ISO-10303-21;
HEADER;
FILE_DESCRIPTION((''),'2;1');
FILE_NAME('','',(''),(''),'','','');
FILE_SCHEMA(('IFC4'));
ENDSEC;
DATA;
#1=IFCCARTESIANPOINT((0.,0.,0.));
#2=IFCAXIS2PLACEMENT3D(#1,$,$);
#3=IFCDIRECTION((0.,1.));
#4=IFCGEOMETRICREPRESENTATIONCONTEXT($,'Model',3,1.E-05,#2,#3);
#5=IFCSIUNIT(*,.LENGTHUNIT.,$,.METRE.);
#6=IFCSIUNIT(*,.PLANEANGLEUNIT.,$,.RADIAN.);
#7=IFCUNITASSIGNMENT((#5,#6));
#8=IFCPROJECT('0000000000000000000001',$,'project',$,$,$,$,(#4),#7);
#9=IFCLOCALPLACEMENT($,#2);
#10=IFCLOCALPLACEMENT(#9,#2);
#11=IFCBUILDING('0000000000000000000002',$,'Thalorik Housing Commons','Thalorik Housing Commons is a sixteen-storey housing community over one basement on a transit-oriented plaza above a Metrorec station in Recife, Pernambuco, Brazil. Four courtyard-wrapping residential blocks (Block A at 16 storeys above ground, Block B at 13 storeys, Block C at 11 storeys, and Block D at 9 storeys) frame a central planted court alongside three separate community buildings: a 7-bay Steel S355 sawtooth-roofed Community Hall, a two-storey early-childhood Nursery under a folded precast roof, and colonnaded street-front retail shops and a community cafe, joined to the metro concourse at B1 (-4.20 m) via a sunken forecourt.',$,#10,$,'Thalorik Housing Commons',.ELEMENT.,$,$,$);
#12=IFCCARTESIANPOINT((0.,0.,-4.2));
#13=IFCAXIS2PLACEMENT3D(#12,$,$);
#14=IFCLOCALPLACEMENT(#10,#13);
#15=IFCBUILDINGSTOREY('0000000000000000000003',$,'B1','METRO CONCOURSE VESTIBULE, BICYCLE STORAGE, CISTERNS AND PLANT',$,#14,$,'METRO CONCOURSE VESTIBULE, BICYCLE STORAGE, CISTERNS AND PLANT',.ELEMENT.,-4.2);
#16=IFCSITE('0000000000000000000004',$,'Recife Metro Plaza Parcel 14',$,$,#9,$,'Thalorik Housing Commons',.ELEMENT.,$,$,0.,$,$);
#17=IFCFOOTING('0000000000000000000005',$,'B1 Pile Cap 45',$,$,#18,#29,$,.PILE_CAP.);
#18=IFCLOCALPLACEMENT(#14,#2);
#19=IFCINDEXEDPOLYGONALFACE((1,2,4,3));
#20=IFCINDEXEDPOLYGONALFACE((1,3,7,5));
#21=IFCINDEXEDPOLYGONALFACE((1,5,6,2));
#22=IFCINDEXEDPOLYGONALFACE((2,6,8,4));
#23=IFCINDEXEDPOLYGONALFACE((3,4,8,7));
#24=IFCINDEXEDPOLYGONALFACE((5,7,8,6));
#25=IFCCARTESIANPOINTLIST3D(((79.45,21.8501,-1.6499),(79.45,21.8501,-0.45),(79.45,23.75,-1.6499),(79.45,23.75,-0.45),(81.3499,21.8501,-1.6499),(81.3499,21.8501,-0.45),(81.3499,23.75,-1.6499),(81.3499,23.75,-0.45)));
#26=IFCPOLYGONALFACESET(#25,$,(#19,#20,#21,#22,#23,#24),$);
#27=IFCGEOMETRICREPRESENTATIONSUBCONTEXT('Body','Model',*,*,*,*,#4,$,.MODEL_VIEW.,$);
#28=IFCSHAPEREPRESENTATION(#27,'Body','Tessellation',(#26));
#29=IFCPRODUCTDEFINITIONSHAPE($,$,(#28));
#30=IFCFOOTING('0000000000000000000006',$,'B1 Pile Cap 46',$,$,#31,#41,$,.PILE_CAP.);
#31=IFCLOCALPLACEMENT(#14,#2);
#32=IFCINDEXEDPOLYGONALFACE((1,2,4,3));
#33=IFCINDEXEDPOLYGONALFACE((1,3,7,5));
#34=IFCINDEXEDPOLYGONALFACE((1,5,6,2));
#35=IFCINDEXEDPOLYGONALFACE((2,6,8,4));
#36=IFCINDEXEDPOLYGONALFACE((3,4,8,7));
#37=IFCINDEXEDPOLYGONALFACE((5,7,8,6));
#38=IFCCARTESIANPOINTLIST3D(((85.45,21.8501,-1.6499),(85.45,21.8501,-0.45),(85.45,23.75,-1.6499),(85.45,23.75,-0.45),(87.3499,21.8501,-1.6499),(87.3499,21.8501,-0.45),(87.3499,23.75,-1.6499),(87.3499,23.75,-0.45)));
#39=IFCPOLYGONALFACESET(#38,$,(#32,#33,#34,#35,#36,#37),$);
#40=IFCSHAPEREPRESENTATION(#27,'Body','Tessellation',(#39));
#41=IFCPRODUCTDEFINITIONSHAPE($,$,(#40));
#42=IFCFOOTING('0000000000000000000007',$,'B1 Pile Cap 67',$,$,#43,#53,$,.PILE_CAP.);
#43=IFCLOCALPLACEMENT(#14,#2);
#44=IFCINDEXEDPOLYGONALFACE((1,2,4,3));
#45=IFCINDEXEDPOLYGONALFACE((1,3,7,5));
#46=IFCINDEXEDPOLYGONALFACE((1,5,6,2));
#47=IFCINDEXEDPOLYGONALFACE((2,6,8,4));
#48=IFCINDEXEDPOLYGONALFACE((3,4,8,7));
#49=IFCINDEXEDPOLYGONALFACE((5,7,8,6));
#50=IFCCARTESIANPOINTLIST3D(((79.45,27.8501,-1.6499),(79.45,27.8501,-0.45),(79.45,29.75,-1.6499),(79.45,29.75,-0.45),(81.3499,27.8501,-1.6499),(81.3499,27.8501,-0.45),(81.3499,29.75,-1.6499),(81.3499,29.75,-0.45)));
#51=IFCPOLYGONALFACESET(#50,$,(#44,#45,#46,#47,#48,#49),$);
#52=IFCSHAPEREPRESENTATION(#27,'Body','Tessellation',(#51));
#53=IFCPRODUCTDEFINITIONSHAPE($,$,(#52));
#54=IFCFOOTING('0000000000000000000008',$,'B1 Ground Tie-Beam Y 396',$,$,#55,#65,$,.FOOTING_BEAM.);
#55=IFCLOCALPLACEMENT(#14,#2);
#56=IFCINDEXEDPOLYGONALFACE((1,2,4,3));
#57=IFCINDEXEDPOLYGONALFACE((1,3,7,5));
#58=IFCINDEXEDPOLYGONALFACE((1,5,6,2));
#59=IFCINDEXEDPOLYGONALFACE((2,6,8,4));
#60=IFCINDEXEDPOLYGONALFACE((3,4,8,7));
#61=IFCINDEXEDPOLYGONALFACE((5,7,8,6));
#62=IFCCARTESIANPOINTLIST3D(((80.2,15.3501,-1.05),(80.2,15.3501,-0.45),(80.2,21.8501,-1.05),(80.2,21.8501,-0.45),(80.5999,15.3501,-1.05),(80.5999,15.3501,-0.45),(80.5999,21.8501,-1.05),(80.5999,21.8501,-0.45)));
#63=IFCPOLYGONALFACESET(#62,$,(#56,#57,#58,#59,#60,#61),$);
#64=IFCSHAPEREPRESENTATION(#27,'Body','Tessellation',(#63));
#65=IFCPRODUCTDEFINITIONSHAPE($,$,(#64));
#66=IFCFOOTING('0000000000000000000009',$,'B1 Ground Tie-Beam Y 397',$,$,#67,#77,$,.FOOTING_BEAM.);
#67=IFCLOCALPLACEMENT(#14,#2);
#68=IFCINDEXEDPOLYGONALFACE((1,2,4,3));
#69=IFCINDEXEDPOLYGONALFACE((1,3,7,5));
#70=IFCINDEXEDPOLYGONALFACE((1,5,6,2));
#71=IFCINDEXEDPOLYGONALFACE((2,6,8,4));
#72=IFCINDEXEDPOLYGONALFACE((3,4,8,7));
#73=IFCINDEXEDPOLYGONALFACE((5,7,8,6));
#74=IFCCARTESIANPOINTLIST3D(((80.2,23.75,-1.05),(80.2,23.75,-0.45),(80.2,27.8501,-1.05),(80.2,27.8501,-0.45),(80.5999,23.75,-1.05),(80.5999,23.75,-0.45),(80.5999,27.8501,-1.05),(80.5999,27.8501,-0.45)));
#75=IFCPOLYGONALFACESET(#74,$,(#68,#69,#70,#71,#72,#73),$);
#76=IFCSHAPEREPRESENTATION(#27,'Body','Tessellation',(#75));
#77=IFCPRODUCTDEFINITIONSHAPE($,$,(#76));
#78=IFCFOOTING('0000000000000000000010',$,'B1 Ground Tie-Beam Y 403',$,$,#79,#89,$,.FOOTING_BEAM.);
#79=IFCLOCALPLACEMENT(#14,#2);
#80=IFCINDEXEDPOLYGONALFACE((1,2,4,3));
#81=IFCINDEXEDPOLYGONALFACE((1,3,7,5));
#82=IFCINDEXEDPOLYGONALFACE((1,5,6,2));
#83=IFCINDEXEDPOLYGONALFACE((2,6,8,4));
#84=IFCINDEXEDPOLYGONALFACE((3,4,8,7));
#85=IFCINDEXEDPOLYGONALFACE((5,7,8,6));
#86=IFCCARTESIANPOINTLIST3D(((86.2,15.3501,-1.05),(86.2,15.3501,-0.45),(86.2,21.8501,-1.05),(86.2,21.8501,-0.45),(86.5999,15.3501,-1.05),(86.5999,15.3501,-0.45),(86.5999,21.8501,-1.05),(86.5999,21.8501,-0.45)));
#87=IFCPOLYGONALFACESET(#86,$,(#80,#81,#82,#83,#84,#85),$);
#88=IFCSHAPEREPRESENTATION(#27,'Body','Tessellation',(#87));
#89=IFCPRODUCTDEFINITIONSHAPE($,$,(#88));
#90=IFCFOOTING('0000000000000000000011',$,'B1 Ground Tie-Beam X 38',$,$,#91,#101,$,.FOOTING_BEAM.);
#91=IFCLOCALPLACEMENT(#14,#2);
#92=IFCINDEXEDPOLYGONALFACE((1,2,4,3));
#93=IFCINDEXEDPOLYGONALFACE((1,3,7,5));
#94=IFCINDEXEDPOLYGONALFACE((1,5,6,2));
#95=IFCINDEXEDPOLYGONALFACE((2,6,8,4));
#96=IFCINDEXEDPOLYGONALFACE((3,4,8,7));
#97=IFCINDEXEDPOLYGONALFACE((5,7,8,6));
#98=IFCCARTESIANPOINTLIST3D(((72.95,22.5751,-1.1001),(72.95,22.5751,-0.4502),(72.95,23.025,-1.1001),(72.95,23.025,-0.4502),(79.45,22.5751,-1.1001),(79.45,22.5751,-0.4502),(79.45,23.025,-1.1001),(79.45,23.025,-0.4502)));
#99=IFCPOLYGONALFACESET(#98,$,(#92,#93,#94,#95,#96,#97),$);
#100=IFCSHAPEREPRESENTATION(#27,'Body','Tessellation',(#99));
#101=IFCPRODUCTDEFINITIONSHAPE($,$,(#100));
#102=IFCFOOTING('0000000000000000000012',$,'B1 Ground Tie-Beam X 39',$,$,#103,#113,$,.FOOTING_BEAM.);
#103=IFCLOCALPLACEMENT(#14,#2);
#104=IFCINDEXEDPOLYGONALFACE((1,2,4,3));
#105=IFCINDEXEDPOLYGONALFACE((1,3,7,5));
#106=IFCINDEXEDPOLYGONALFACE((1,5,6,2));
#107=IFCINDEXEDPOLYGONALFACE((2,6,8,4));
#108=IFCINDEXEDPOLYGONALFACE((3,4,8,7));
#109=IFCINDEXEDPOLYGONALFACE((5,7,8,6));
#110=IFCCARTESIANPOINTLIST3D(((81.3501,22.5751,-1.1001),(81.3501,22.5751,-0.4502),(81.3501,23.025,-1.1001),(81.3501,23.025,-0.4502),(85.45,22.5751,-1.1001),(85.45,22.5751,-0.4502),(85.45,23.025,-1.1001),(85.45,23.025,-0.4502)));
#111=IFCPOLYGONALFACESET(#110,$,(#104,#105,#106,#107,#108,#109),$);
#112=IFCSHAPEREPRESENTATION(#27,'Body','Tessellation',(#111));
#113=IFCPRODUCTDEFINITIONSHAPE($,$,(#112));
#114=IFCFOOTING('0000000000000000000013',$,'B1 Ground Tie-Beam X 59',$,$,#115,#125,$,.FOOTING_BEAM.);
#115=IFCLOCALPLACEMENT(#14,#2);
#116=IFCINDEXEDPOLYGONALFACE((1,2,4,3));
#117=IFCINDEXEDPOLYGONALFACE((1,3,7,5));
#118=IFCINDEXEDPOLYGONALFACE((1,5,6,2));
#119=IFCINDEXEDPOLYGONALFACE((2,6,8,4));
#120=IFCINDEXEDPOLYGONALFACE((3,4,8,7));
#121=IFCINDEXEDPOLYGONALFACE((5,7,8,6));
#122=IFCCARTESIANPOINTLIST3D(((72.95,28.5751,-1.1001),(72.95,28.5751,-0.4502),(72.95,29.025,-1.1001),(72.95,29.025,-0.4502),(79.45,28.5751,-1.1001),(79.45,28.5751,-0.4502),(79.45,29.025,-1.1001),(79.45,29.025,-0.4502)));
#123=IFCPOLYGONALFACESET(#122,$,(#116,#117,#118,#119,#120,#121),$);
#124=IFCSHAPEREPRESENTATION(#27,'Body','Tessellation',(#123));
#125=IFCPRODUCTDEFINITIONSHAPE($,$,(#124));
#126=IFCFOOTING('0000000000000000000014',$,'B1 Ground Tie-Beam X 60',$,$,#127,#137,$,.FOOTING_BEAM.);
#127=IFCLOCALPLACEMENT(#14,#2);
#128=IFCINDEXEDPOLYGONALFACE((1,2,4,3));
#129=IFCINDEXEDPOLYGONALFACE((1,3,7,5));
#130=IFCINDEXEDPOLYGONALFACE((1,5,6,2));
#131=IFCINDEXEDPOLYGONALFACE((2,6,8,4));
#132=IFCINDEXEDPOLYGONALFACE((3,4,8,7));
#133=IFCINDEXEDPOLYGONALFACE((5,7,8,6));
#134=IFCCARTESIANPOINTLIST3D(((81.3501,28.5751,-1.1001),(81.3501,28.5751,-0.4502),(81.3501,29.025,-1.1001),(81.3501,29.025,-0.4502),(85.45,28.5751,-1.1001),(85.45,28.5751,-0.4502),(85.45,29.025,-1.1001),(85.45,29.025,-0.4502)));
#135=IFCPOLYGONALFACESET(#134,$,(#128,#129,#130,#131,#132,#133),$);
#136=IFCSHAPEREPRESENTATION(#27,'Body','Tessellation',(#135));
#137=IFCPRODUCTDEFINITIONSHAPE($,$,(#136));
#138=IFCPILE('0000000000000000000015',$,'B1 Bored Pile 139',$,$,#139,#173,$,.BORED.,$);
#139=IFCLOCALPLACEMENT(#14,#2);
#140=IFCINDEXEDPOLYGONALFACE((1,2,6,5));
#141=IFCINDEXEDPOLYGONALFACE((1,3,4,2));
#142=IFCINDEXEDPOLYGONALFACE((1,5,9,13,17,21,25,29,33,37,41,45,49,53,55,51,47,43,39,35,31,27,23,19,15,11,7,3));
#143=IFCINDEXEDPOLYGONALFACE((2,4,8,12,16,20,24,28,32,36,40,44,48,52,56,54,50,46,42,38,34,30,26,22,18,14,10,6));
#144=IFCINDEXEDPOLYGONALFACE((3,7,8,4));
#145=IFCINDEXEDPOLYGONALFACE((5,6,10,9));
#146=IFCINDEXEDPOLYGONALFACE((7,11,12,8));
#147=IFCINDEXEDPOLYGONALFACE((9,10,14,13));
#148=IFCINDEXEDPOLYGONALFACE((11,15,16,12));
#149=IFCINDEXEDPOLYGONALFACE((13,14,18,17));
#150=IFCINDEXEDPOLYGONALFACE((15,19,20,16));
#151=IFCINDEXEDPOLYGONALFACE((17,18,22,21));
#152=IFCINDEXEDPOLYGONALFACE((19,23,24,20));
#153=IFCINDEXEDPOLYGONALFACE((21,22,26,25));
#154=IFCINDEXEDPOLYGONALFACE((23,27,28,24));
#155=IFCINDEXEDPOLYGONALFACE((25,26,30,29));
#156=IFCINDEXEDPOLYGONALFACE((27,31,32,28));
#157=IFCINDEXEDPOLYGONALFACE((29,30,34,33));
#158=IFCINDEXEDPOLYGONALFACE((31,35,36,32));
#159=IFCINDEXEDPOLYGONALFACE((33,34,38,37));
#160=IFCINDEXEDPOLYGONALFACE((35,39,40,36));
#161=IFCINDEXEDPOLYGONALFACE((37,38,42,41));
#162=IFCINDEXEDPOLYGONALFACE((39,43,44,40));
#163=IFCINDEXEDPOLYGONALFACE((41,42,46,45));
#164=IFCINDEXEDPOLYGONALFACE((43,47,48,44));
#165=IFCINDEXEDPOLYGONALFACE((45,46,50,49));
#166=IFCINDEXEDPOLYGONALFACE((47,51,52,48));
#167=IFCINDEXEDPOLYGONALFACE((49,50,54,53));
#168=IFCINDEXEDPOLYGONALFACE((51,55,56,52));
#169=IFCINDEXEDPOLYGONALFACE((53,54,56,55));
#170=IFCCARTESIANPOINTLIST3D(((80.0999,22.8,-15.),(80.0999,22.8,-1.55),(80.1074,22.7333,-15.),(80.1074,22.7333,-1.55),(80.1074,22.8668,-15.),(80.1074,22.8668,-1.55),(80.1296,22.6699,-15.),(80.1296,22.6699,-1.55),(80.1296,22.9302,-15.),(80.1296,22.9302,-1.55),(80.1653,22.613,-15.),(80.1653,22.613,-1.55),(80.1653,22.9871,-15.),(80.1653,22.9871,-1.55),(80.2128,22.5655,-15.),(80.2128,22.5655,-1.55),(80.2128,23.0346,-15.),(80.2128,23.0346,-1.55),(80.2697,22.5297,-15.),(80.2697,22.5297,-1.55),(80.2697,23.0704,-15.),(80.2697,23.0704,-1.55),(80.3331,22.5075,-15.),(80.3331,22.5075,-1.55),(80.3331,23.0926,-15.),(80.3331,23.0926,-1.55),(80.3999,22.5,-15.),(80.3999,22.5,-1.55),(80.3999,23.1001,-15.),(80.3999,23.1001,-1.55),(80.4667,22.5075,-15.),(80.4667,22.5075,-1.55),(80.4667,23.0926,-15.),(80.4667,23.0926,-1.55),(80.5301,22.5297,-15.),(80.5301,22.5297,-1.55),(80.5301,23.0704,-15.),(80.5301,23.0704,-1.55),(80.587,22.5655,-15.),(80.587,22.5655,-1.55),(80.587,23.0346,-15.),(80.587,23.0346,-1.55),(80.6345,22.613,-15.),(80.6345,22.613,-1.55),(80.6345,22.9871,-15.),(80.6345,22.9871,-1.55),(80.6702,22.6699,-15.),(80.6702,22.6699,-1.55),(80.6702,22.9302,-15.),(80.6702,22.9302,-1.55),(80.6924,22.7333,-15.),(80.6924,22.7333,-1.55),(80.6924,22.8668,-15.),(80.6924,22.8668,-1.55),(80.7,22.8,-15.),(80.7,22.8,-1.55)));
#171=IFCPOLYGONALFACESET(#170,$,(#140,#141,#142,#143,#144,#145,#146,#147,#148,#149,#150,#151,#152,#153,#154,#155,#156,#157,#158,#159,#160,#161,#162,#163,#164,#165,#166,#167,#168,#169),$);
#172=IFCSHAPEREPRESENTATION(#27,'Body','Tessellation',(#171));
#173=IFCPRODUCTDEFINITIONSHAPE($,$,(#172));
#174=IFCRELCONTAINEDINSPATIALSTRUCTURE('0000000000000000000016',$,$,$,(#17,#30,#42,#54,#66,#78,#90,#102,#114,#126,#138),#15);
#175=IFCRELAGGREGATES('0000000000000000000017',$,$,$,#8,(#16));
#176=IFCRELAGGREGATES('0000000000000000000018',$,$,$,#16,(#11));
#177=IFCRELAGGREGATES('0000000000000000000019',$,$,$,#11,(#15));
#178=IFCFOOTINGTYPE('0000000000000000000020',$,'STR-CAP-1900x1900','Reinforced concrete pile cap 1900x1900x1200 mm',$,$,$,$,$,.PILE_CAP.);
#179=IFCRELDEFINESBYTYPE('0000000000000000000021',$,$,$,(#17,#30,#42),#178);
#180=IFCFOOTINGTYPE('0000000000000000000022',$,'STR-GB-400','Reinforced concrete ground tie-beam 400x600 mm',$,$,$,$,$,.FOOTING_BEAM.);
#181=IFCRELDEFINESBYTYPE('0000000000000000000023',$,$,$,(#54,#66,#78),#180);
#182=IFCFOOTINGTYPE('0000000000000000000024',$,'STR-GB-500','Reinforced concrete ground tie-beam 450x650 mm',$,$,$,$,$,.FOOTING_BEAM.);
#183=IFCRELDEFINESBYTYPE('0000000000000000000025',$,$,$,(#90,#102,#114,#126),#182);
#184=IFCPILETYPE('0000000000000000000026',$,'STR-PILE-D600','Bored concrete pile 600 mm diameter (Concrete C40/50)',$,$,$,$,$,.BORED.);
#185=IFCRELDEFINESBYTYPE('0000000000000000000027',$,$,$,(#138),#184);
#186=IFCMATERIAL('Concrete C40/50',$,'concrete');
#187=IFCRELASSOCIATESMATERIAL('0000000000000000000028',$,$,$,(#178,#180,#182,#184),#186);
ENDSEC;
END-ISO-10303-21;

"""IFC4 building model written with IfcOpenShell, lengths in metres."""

from ifc_helpers import new_model, si_unit, direction, frame, origin, origin_2d, place, context, subcontext, project, spatial, rectangle, circle, extrude, material, material_profile, profile_set, type_object, element, save


model = new_model("IFC4")

# Units and contexts
model_context = context("Model", 3, precision=1e-05, world=origin(), true_north=direction((0.0, 1.0)))
body_context = subcontext(model_context, "Body", "Model", "MODEL_VIEW")
ifc_project = project(units=[si_unit("LENGTHUNIT", "METRE"), si_unit("PLANEANGLEUNIT", "RADIAN")], contexts=[model_context])

# Site, building, storey
site_placement = place(None, origin())
site = spatial("IfcSite", under=ifc_project, at=site_placement, Name="Recife Metro Plaza Parcel 14", LongName="Thalorik Housing Commons", CompositionType="ELEMENT", RefElevation=0.0)
building_placement = place(site_placement, origin())
building = spatial("IfcBuilding", under=site, at=building_placement, Name="Thalorik Housing Commons", Description="Thalorik Housing Commons is a sixteen-storey housing community over one basement on a transit-oriented plaza above a Metrorec station in Recife, Pernambuco, Brazil. Four courtyard-wrapping residential blocks (Block A at 16 storeys above ground, Block B at 13 storeys, Block C at 11 storeys, and Block D at 9 storeys) frame a central planted court alongside three separate community buildings: a 7-bay Steel S355 sawtooth-roofed Community Hall, a two-storey early-childhood Nursery under a folded precast roof, and colonnaded street-front retail shops and a community cafe, joined to the metro concourse at B1 (-4.20 m) via a sunken forecourt.", LongName="Thalorik Housing Commons", CompositionType="ELEMENT")
storey_placement = place(building_placement, frame((0.0, 0.0, -4.2)))
storey = spatial("IfcBuildingStorey", under=building, at=storey_placement, Name="B1", Description="METRO CONCOURSE VESTIBULE, BICYCLE STORAGE, CISTERNS AND PLANT", LongName="METRO CONCOURSE VESTIBULE, BICYCLE STORAGE, CISTERNS AND PLANT", CompositionType="ELEMENT", Elevation=-4.2)

# Footings
ifc_material_1 = material(Name="Concrete C40/50", Category="concrete")
footing_type_1 = type_object("IfcFootingType", Name="STR-CAP-1900x1900", Description="Reinforced concrete pile cap 1900x1900x1200 mm", PredefinedType="PILE_CAP", material=ifc_material_1)
for number, where, z_axis, x_axis, name in (
    (1, (80.3999, 22.8, -1.6499), (0.0, 0.0, 1.0), (1.0, 0.0, 0.0), "B1 Pile Cap 45"),
    (2, (86.3999, 22.8, -1.6499), (0.0, 0.0, 1.0), (1.0, 0.0, 0.0), "B1 Pile Cap 46"),
    (3, (80.3999, 28.8, -1.6499), (0.0, 0.0, 1.0), (1.0, 0.0, 0.0), "B1 Pile Cap 67"),
):
    element("IfcFooting", number, at=place(storey_placement, frame(where, z_axis=z_axis, x_axis=x_axis)), inside=storey, type_object=footing_type_1, Name=name, PredefinedType="PILE_CAP", context=body_context, shape_type="SweptSolid", body=[
        extrude(rectangle(XDim=1.8999, YDim=1.8999, at=origin_2d()), origin(), (0.0, 0.0, 1.0), 1.2),
    ])
ifc_material_profile_1 = material_profile(ifc_material_1, rectangle(XDim=0.3999, YDim=0.6001, at=origin_2d()), Name="RC 400x600", Category="concrete")
ifc_profile_set_1 = profile_set([ifc_material_profile_1], Name="Concrete C40/50")
footing_type_2 = type_object("IfcFootingType", Name="STR-GB-400", Description="Reinforced concrete ground tie-beam 400x600 mm", PredefinedType="FOOTING_BEAM", material=ifc_profile_set_1)
footing_1_placement = place(storey_placement, frame((80.3999, 15.3501, -0.75), z_axis=(0.0, 1.0, 0.0), x_axis=(-1.0, 0.0, 0.0)))
element("IfcFooting", 4, at=footing_1_placement, inside=storey, type_object=footing_type_2, Name="B1 Ground Tie-Beam Y 396", PredefinedType="FOOTING_BEAM", context=body_context, shape_type="SweptSolid", body=[
    extrude(rectangle(XDim=0.3999, YDim=0.6001, at=origin_2d()), origin(), (0.0, 0.0, 1.0), 6.5),
])
footing_2_placement = place(storey_placement, frame((80.3999, 23.75, -0.75), z_axis=(0.0, 1.0, 0.0), x_axis=(-1.0, 0.0, 0.0)))
element("IfcFooting", 5, at=footing_2_placement, inside=storey, type_object=footing_type_2, Name="B1 Ground Tie-Beam Y 397", PredefinedType="FOOTING_BEAM", context=body_context, shape_type="SweptSolid", body=[
    extrude(rectangle(XDim=0.3999, YDim=0.6001, at=origin_2d()), origin(), (0.0, 0.0, 1.0), 4.1001),
])
footing_3_placement = place(storey_placement, frame((86.3999, 15.3501, -0.75), z_axis=(0.0, 1.0, 0.0), x_axis=(-1.0, 0.0, 0.0)))
element("IfcFooting", 6, at=footing_3_placement, inside=storey, type_object=footing_type_2, Name="B1 Ground Tie-Beam Y 403", PredefinedType="FOOTING_BEAM", context=body_context, shape_type="SweptSolid", body=[
    extrude(rectangle(XDim=0.3999, YDim=0.6001, at=origin_2d()), origin(), (0.0, 0.0, 1.0), 6.5),
])
ifc_material_profile_2 = material_profile(ifc_material_1, rectangle(XDim=0.45, YDim=0.6499, at=origin_2d()), Name="RC 450x650", Category="concrete")
ifc_profile_set_2 = profile_set([ifc_material_profile_2], Name="Concrete C40/50")
footing_type_3 = type_object("IfcFootingType", Name="STR-GB-500", Description="Reinforced concrete ground tie-beam 450x650 mm", PredefinedType="FOOTING_BEAM", material=ifc_profile_set_2)
footing_4_placement = place(storey_placement, frame((72.95, 22.8, -0.7751), z_axis=(1.0, 0.0, 0.0), x_axis=(0.0, 1.0, 0.0)))
element("IfcFooting", 7, at=footing_4_placement, inside=storey, type_object=footing_type_3, Name="B1 Ground Tie-Beam X 38", PredefinedType="FOOTING_BEAM", context=body_context, shape_type="SweptSolid", body=[
    extrude(rectangle(XDim=0.45, YDim=0.6499, at=origin_2d()), origin(), (0.0, 0.0, 1.0), 6.5),
])
footing_5_placement = place(storey_placement, frame((81.3501, 22.8, -0.7751), z_axis=(1.0, 0.0, 0.0), x_axis=(0.0, 1.0, 0.0)))
element("IfcFooting", 8, at=footing_5_placement, inside=storey, type_object=footing_type_3, Name="B1 Ground Tie-Beam X 39", PredefinedType="FOOTING_BEAM", context=body_context, shape_type="SweptSolid", body=[
    extrude(rectangle(XDim=0.45, YDim=0.6499, at=origin_2d()), origin(), (0.0, 0.0, 1.0), 4.0999),
])
footing_6_placement = place(storey_placement, frame((72.95, 28.8, -0.7751), z_axis=(1.0, 0.0, 0.0), x_axis=(0.0, 1.0, 0.0)))
element("IfcFooting", 9, at=footing_6_placement, inside=storey, type_object=footing_type_3, Name="B1 Ground Tie-Beam X 59", PredefinedType="FOOTING_BEAM", context=body_context, shape_type="SweptSolid", body=[
    extrude(rectangle(XDim=0.45, YDim=0.6499, at=origin_2d()), origin(), (0.0, 0.0, 1.0), 6.5),
])
footing_7_placement = place(storey_placement, frame((81.3501, 28.8, -0.7751), z_axis=(1.0, 0.0, 0.0), x_axis=(0.0, 1.0, 0.0)))
element("IfcFooting", 10, at=footing_7_placement, inside=storey, type_object=footing_type_3, Name="B1 Ground Tie-Beam X 60", PredefinedType="FOOTING_BEAM", context=body_context, shape_type="SweptSolid", body=[
    extrude(rectangle(XDim=0.45, YDim=0.6499, at=origin_2d()), origin(), (0.0, 0.0, 1.0), 4.0999),
])

# Pile
ifc_material_profile_3 = material_profile(ifc_material_1, circle(Radius=0.3, at=origin_2d()), Name="BORED PILE D600", Category="concrete")
ifc_profile_set_3 = profile_set([ifc_material_profile_3], Name="Concrete C40/50")
pile_type_1 = type_object("IfcPileType", Name="STR-PILE-D600", Description="Bored concrete pile 600 mm diameter (Concrete C40/50)", PredefinedType="BORED", material=ifc_profile_set_3)
for number, where, z_axis, x_axis, name in (
    (11, (80.3999, 22.8, -1.55), (0.0, 0.0, -1.0), (1.0, 0.0, 0.0), "B1 Bored Pile 139"),
):
    element("IfcPile", number, at=place(storey_placement, frame(where, z_axis=z_axis, x_axis=x_axis)), inside=storey, type_object=pile_type_1, Name=name, PredefinedType="BORED", context=body_context, shape_type="SweptSolid", body=[
        extrude(circle(Radius=0.3, at=origin_2d()), origin(), (0.0, 0.0, 1.0), 13.45),
    ])

save(model, "model.ifc")
